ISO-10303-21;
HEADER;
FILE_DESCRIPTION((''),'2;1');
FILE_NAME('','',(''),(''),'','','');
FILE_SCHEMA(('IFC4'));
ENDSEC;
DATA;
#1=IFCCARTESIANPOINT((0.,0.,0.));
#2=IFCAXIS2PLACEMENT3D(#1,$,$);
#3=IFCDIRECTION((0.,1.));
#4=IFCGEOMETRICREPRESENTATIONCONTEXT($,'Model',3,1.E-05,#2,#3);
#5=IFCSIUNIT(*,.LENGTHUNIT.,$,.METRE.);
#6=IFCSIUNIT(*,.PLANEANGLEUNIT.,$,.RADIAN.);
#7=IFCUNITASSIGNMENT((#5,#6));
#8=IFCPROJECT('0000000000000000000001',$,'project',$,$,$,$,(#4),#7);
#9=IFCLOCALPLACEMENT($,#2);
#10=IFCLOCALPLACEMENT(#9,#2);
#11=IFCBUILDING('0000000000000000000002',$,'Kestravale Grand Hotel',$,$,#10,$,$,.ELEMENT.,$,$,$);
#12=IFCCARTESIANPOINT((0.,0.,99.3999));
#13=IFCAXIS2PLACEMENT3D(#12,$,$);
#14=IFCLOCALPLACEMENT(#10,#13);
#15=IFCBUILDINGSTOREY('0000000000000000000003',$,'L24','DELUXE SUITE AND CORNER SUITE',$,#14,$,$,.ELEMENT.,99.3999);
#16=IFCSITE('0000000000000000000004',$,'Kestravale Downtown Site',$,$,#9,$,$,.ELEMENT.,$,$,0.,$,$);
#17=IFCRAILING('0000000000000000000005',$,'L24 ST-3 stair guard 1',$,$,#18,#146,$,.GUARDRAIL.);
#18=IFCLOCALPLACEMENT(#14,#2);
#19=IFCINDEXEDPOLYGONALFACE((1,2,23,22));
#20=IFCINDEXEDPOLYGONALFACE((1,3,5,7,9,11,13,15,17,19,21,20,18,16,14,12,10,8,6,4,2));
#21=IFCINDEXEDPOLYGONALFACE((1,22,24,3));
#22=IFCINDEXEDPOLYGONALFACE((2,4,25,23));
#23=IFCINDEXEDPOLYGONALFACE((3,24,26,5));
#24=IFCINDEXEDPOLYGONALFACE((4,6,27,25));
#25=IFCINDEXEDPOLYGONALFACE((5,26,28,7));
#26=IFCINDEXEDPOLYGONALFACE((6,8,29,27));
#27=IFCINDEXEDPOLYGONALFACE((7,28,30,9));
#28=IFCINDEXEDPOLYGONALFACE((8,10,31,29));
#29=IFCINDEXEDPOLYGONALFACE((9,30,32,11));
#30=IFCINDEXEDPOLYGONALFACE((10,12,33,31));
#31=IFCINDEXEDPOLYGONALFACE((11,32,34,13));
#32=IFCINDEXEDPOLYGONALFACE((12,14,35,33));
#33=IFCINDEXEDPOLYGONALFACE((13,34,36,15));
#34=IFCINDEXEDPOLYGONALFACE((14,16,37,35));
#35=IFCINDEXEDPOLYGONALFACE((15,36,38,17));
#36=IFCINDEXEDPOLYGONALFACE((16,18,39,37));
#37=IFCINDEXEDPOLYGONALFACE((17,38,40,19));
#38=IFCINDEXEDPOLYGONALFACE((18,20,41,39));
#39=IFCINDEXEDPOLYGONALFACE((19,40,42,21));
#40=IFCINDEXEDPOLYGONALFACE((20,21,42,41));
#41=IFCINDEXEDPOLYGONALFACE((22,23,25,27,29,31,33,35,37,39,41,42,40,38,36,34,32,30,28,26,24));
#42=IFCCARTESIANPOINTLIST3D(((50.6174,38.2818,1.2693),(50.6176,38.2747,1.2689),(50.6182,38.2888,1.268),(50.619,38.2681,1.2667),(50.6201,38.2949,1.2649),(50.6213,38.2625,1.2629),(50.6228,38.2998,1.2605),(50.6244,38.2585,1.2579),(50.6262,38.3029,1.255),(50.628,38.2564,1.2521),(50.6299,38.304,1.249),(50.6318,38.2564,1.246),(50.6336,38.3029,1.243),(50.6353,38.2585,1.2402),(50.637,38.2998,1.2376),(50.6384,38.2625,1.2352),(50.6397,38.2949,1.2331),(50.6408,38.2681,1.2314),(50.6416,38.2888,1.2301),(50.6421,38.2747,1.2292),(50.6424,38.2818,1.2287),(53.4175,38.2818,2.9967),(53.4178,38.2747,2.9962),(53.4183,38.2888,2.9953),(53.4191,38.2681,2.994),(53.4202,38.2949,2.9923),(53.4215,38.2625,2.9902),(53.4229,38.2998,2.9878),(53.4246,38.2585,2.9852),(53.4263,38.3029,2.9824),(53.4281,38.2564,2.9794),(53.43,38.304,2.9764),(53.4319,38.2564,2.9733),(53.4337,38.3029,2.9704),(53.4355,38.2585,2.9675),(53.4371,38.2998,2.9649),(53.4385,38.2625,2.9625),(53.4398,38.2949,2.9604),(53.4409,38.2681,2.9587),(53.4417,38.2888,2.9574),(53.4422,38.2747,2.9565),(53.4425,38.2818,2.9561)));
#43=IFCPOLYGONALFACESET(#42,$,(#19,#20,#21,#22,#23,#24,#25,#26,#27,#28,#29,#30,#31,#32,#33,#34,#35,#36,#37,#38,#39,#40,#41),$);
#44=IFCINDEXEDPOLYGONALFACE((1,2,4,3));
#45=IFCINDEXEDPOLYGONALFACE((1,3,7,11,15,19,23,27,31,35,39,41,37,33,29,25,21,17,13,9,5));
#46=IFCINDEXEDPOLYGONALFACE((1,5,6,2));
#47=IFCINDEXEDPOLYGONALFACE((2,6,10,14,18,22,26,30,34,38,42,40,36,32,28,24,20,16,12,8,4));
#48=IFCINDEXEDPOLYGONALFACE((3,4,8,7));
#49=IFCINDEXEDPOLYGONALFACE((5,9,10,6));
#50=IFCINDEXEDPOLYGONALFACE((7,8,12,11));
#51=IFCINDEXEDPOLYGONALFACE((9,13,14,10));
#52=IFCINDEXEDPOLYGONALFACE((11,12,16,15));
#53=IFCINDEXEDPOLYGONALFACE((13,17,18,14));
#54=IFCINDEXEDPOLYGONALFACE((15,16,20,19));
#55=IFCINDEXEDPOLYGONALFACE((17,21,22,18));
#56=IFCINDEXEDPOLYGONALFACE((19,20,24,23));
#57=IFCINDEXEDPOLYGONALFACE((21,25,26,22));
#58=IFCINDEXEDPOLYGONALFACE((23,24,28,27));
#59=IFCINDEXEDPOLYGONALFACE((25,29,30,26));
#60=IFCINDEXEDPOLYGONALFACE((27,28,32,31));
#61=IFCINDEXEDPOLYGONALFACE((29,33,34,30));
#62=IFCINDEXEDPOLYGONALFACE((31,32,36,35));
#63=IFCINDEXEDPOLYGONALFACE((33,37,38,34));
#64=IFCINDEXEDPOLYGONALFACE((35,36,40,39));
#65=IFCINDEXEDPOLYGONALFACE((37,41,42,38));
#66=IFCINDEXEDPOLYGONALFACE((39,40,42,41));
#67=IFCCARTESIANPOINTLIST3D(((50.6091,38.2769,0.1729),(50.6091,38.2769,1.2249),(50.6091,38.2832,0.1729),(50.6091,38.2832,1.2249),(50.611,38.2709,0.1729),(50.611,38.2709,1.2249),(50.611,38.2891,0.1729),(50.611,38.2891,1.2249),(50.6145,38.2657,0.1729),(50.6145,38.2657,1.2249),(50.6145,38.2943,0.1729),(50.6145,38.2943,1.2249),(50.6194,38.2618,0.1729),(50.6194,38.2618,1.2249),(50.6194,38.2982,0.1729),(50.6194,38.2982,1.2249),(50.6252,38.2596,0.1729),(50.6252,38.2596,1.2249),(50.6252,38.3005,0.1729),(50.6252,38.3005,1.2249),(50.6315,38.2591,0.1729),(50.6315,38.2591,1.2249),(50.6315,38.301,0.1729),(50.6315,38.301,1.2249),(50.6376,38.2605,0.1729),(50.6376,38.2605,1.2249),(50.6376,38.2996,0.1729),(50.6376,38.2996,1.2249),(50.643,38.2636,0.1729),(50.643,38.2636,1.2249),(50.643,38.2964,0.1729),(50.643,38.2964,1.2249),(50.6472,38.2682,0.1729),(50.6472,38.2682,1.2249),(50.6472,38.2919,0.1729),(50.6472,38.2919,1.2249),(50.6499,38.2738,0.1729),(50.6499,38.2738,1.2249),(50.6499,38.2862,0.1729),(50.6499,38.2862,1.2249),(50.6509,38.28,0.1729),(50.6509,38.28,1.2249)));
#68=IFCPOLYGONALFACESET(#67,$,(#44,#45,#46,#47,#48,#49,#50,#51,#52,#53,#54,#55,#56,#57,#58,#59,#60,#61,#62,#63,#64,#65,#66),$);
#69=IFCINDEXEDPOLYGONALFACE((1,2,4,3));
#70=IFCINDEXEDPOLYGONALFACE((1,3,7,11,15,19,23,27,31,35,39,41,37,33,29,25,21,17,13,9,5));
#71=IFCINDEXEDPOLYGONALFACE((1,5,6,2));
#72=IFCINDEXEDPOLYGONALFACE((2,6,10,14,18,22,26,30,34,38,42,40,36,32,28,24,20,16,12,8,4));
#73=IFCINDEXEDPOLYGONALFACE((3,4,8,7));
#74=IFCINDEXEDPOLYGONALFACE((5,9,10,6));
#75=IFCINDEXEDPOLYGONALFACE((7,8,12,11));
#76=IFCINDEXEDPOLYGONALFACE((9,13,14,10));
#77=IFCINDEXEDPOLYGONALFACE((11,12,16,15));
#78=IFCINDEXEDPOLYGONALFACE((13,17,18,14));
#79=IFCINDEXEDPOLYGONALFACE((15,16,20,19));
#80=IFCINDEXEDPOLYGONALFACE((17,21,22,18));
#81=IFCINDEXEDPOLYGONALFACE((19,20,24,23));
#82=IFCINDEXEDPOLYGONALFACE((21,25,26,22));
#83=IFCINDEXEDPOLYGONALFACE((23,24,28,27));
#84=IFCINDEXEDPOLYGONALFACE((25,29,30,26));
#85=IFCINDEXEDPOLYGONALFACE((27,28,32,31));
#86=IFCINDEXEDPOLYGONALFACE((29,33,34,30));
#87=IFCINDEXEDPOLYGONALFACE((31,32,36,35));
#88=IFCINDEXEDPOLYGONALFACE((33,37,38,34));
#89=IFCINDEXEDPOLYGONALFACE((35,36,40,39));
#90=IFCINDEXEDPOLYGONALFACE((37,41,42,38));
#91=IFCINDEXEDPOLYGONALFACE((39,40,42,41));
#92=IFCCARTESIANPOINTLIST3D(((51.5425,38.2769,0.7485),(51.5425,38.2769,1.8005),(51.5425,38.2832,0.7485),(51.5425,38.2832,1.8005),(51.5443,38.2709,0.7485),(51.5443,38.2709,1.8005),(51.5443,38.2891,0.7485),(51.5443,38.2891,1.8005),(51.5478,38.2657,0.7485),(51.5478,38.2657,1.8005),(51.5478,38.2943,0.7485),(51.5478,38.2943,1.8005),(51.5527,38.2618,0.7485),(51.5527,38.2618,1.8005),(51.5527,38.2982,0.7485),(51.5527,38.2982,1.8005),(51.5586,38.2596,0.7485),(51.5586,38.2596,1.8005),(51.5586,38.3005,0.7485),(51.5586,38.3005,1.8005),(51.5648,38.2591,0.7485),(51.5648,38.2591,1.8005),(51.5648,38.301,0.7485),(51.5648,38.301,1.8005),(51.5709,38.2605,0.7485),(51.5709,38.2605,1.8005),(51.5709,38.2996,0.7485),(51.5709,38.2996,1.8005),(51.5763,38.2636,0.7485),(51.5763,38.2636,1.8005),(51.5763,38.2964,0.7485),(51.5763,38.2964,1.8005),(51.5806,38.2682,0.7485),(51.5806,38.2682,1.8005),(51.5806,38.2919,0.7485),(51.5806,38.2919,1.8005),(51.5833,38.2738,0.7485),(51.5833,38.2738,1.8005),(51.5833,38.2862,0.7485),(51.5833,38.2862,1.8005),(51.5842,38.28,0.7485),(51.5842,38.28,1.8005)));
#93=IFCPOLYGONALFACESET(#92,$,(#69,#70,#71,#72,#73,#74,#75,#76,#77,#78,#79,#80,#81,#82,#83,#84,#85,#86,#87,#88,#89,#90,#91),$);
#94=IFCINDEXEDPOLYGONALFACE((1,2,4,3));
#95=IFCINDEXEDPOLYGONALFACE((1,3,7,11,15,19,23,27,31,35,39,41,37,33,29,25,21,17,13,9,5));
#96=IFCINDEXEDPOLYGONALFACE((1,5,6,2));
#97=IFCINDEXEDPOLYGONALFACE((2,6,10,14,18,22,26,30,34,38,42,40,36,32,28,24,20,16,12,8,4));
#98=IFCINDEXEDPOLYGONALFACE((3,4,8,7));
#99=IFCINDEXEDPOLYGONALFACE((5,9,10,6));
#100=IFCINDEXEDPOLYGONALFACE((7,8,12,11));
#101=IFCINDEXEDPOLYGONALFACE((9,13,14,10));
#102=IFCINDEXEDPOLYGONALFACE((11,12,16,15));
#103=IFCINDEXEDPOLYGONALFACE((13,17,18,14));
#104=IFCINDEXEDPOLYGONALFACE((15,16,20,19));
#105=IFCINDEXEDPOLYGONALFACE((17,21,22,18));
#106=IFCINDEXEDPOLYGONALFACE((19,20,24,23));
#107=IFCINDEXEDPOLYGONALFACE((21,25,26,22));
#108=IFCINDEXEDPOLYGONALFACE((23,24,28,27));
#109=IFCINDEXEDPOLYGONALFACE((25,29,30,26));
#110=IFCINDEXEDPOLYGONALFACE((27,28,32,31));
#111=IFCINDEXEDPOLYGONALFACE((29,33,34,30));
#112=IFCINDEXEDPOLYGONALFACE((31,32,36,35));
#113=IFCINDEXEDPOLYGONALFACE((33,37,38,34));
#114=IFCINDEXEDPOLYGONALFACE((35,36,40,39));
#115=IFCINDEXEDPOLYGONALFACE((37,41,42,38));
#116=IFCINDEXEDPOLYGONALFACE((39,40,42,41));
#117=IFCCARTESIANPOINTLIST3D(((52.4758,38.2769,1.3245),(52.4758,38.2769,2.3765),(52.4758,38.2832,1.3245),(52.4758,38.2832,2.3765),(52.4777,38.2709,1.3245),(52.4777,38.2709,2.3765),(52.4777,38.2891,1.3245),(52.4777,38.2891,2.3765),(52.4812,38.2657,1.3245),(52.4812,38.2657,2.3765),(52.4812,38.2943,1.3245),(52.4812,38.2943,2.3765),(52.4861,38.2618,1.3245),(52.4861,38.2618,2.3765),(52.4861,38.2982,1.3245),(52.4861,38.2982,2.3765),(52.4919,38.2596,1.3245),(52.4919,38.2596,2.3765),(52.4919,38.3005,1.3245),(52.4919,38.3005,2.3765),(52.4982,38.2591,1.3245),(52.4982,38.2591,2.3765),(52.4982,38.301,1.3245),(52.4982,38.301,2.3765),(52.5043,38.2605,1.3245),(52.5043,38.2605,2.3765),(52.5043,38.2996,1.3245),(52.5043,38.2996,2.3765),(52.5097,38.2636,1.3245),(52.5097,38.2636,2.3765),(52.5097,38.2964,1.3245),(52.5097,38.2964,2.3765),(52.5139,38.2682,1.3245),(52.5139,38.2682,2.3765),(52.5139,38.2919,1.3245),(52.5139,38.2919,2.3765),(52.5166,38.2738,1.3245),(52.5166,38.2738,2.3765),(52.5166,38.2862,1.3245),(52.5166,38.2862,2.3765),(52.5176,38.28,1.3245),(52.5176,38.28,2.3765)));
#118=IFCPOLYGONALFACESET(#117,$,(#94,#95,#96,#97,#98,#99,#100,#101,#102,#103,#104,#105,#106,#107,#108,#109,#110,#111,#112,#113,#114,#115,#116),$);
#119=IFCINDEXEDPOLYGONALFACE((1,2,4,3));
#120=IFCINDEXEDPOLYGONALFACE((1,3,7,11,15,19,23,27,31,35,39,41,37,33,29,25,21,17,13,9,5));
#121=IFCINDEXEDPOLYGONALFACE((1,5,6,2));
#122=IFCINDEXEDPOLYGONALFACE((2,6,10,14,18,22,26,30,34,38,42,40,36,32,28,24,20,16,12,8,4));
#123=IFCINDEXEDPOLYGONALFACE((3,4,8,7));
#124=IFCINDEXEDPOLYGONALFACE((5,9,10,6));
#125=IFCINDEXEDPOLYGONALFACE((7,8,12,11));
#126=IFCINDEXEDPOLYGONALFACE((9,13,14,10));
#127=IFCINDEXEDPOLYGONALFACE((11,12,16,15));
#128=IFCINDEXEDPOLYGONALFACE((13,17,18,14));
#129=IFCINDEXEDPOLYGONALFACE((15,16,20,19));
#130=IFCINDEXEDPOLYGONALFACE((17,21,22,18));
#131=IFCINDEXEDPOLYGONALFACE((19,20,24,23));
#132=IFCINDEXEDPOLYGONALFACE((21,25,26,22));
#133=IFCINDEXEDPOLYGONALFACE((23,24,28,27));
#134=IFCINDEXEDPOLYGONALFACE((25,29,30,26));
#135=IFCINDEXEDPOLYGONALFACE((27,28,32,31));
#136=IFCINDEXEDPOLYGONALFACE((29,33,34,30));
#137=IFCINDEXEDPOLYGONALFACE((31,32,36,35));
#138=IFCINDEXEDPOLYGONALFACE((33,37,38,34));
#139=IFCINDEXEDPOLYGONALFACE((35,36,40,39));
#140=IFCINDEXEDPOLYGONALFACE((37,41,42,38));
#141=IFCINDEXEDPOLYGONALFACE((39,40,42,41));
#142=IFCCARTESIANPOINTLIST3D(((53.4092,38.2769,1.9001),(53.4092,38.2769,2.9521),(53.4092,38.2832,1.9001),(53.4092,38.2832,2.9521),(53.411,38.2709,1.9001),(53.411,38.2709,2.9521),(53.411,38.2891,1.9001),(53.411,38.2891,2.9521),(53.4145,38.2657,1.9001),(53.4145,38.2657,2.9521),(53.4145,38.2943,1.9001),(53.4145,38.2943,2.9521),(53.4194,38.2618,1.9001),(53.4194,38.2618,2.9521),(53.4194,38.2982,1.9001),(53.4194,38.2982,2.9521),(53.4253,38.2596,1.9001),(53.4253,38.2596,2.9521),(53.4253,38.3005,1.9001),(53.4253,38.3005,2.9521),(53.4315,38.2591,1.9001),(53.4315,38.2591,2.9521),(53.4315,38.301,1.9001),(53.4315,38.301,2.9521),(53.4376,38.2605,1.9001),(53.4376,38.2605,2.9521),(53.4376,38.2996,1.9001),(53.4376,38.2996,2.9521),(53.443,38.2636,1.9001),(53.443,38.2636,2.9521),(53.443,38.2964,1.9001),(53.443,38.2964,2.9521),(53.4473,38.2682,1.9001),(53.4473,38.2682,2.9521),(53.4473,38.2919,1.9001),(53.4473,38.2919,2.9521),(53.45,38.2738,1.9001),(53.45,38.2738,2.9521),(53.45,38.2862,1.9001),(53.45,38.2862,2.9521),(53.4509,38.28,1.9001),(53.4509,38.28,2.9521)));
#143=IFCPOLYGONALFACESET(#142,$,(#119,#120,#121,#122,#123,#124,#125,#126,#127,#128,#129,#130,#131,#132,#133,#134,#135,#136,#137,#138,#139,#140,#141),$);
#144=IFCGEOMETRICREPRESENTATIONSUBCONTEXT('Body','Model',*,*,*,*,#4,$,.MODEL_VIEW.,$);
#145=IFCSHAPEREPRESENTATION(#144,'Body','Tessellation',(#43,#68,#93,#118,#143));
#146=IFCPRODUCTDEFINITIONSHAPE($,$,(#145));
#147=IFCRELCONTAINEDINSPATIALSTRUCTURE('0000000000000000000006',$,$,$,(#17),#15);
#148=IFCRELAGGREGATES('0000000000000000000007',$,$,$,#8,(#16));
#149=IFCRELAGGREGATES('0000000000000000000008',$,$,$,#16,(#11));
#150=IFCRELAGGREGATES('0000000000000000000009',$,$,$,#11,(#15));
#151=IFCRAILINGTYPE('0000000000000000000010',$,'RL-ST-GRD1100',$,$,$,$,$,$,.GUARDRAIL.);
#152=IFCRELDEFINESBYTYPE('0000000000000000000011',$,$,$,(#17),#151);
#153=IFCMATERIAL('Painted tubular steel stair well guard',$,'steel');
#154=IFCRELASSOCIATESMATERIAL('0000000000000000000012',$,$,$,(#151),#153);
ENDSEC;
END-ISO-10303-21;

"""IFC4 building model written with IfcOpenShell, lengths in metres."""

from ifc_helpers import new_model, si_unit, direction, frame, origin, origin_2d, place, context, subcontext, project, spatial, circle, extrude, material, type_object, element, save


model = new_model("IFC4")

# Units and contexts
model_context = context("Model", 3, precision=1e-05, world=origin(), true_north=direction((0.0, 1.0)))
body_context = subcontext(model_context, "Body", "Model", "MODEL_VIEW")
ifc_project = project(units=[si_unit("LENGTHUNIT", "METRE"), si_unit("PLANEANGLEUNIT", "RADIAN")], contexts=[model_context])

# Site, building, storey
site_placement = place(None, origin())
site = spatial("IfcSite", under=ifc_project, at=site_placement, Name="Kestravale Downtown Site", CompositionType="ELEMENT", RefElevation=0.0)
building_placement = place(site_placement, origin())
building = spatial("IfcBuilding", under=site, at=building_placement, Name="Kestravale Grand Hotel", CompositionType="ELEMENT")
storey_placement = place(building_placement, frame((0.0, 0.0, 99.3999)))
storey = spatial("IfcBuildingStorey", under=building, at=storey_placement, Name="L24", Description="DELUXE SUITE AND CORNER SUITE", CompositionType="ELEMENT", Elevation=99.3999)

# Railing
ifc_material_1 = material(Name="Painted tubular steel stair well guard", Category="steel")
railing_type_1 = type_object("IfcRailingType", Name="RL-ST-GRD1100", PredefinedType="GUARDRAIL", material=ifc_material_1)
railing_1_placement = place(storey_placement, frame((50.6299, 38.28, 0.1729)))
element("IfcRailing", 1, at=railing_1_placement, inside=storey, type_object=railing_type_1, Name="L24 ST-3 stair guard 1", PredefinedType="GUARDRAIL", context=body_context, shape_type="SweptSolid", body=[
    extrude(circle(Radius=0.0239, at=origin_2d()), frame((0.0, 0.0, 1.0762), z_axis=(0.85109, 0.0, 0.52502), x_axis=(0.0, 1.0, 0.0)), (0.0, 0.0, 1.0), 3.29),
    extrude(circle(Radius=0.021, at=origin_2d()), origin(), (0.0, 0.0, 1.0), 1.052),
    extrude(circle(Radius=0.021, at=origin_2d()), frame((0.9333, 0.0, 0.5757)), (0.0, 0.0, 1.0), 1.052),
    extrude(circle(Radius=0.021, at=origin_2d()), frame((1.8667, 0.0, 1.1516)), (0.0, 0.0, 1.0), 1.052),
    extrude(circle(Radius=0.021, at=origin_2d()), frame((2.8, 0.0, 1.7273)), (0.0, 0.0, 1.0), 1.052),
])

save(model, "model.ifc")
